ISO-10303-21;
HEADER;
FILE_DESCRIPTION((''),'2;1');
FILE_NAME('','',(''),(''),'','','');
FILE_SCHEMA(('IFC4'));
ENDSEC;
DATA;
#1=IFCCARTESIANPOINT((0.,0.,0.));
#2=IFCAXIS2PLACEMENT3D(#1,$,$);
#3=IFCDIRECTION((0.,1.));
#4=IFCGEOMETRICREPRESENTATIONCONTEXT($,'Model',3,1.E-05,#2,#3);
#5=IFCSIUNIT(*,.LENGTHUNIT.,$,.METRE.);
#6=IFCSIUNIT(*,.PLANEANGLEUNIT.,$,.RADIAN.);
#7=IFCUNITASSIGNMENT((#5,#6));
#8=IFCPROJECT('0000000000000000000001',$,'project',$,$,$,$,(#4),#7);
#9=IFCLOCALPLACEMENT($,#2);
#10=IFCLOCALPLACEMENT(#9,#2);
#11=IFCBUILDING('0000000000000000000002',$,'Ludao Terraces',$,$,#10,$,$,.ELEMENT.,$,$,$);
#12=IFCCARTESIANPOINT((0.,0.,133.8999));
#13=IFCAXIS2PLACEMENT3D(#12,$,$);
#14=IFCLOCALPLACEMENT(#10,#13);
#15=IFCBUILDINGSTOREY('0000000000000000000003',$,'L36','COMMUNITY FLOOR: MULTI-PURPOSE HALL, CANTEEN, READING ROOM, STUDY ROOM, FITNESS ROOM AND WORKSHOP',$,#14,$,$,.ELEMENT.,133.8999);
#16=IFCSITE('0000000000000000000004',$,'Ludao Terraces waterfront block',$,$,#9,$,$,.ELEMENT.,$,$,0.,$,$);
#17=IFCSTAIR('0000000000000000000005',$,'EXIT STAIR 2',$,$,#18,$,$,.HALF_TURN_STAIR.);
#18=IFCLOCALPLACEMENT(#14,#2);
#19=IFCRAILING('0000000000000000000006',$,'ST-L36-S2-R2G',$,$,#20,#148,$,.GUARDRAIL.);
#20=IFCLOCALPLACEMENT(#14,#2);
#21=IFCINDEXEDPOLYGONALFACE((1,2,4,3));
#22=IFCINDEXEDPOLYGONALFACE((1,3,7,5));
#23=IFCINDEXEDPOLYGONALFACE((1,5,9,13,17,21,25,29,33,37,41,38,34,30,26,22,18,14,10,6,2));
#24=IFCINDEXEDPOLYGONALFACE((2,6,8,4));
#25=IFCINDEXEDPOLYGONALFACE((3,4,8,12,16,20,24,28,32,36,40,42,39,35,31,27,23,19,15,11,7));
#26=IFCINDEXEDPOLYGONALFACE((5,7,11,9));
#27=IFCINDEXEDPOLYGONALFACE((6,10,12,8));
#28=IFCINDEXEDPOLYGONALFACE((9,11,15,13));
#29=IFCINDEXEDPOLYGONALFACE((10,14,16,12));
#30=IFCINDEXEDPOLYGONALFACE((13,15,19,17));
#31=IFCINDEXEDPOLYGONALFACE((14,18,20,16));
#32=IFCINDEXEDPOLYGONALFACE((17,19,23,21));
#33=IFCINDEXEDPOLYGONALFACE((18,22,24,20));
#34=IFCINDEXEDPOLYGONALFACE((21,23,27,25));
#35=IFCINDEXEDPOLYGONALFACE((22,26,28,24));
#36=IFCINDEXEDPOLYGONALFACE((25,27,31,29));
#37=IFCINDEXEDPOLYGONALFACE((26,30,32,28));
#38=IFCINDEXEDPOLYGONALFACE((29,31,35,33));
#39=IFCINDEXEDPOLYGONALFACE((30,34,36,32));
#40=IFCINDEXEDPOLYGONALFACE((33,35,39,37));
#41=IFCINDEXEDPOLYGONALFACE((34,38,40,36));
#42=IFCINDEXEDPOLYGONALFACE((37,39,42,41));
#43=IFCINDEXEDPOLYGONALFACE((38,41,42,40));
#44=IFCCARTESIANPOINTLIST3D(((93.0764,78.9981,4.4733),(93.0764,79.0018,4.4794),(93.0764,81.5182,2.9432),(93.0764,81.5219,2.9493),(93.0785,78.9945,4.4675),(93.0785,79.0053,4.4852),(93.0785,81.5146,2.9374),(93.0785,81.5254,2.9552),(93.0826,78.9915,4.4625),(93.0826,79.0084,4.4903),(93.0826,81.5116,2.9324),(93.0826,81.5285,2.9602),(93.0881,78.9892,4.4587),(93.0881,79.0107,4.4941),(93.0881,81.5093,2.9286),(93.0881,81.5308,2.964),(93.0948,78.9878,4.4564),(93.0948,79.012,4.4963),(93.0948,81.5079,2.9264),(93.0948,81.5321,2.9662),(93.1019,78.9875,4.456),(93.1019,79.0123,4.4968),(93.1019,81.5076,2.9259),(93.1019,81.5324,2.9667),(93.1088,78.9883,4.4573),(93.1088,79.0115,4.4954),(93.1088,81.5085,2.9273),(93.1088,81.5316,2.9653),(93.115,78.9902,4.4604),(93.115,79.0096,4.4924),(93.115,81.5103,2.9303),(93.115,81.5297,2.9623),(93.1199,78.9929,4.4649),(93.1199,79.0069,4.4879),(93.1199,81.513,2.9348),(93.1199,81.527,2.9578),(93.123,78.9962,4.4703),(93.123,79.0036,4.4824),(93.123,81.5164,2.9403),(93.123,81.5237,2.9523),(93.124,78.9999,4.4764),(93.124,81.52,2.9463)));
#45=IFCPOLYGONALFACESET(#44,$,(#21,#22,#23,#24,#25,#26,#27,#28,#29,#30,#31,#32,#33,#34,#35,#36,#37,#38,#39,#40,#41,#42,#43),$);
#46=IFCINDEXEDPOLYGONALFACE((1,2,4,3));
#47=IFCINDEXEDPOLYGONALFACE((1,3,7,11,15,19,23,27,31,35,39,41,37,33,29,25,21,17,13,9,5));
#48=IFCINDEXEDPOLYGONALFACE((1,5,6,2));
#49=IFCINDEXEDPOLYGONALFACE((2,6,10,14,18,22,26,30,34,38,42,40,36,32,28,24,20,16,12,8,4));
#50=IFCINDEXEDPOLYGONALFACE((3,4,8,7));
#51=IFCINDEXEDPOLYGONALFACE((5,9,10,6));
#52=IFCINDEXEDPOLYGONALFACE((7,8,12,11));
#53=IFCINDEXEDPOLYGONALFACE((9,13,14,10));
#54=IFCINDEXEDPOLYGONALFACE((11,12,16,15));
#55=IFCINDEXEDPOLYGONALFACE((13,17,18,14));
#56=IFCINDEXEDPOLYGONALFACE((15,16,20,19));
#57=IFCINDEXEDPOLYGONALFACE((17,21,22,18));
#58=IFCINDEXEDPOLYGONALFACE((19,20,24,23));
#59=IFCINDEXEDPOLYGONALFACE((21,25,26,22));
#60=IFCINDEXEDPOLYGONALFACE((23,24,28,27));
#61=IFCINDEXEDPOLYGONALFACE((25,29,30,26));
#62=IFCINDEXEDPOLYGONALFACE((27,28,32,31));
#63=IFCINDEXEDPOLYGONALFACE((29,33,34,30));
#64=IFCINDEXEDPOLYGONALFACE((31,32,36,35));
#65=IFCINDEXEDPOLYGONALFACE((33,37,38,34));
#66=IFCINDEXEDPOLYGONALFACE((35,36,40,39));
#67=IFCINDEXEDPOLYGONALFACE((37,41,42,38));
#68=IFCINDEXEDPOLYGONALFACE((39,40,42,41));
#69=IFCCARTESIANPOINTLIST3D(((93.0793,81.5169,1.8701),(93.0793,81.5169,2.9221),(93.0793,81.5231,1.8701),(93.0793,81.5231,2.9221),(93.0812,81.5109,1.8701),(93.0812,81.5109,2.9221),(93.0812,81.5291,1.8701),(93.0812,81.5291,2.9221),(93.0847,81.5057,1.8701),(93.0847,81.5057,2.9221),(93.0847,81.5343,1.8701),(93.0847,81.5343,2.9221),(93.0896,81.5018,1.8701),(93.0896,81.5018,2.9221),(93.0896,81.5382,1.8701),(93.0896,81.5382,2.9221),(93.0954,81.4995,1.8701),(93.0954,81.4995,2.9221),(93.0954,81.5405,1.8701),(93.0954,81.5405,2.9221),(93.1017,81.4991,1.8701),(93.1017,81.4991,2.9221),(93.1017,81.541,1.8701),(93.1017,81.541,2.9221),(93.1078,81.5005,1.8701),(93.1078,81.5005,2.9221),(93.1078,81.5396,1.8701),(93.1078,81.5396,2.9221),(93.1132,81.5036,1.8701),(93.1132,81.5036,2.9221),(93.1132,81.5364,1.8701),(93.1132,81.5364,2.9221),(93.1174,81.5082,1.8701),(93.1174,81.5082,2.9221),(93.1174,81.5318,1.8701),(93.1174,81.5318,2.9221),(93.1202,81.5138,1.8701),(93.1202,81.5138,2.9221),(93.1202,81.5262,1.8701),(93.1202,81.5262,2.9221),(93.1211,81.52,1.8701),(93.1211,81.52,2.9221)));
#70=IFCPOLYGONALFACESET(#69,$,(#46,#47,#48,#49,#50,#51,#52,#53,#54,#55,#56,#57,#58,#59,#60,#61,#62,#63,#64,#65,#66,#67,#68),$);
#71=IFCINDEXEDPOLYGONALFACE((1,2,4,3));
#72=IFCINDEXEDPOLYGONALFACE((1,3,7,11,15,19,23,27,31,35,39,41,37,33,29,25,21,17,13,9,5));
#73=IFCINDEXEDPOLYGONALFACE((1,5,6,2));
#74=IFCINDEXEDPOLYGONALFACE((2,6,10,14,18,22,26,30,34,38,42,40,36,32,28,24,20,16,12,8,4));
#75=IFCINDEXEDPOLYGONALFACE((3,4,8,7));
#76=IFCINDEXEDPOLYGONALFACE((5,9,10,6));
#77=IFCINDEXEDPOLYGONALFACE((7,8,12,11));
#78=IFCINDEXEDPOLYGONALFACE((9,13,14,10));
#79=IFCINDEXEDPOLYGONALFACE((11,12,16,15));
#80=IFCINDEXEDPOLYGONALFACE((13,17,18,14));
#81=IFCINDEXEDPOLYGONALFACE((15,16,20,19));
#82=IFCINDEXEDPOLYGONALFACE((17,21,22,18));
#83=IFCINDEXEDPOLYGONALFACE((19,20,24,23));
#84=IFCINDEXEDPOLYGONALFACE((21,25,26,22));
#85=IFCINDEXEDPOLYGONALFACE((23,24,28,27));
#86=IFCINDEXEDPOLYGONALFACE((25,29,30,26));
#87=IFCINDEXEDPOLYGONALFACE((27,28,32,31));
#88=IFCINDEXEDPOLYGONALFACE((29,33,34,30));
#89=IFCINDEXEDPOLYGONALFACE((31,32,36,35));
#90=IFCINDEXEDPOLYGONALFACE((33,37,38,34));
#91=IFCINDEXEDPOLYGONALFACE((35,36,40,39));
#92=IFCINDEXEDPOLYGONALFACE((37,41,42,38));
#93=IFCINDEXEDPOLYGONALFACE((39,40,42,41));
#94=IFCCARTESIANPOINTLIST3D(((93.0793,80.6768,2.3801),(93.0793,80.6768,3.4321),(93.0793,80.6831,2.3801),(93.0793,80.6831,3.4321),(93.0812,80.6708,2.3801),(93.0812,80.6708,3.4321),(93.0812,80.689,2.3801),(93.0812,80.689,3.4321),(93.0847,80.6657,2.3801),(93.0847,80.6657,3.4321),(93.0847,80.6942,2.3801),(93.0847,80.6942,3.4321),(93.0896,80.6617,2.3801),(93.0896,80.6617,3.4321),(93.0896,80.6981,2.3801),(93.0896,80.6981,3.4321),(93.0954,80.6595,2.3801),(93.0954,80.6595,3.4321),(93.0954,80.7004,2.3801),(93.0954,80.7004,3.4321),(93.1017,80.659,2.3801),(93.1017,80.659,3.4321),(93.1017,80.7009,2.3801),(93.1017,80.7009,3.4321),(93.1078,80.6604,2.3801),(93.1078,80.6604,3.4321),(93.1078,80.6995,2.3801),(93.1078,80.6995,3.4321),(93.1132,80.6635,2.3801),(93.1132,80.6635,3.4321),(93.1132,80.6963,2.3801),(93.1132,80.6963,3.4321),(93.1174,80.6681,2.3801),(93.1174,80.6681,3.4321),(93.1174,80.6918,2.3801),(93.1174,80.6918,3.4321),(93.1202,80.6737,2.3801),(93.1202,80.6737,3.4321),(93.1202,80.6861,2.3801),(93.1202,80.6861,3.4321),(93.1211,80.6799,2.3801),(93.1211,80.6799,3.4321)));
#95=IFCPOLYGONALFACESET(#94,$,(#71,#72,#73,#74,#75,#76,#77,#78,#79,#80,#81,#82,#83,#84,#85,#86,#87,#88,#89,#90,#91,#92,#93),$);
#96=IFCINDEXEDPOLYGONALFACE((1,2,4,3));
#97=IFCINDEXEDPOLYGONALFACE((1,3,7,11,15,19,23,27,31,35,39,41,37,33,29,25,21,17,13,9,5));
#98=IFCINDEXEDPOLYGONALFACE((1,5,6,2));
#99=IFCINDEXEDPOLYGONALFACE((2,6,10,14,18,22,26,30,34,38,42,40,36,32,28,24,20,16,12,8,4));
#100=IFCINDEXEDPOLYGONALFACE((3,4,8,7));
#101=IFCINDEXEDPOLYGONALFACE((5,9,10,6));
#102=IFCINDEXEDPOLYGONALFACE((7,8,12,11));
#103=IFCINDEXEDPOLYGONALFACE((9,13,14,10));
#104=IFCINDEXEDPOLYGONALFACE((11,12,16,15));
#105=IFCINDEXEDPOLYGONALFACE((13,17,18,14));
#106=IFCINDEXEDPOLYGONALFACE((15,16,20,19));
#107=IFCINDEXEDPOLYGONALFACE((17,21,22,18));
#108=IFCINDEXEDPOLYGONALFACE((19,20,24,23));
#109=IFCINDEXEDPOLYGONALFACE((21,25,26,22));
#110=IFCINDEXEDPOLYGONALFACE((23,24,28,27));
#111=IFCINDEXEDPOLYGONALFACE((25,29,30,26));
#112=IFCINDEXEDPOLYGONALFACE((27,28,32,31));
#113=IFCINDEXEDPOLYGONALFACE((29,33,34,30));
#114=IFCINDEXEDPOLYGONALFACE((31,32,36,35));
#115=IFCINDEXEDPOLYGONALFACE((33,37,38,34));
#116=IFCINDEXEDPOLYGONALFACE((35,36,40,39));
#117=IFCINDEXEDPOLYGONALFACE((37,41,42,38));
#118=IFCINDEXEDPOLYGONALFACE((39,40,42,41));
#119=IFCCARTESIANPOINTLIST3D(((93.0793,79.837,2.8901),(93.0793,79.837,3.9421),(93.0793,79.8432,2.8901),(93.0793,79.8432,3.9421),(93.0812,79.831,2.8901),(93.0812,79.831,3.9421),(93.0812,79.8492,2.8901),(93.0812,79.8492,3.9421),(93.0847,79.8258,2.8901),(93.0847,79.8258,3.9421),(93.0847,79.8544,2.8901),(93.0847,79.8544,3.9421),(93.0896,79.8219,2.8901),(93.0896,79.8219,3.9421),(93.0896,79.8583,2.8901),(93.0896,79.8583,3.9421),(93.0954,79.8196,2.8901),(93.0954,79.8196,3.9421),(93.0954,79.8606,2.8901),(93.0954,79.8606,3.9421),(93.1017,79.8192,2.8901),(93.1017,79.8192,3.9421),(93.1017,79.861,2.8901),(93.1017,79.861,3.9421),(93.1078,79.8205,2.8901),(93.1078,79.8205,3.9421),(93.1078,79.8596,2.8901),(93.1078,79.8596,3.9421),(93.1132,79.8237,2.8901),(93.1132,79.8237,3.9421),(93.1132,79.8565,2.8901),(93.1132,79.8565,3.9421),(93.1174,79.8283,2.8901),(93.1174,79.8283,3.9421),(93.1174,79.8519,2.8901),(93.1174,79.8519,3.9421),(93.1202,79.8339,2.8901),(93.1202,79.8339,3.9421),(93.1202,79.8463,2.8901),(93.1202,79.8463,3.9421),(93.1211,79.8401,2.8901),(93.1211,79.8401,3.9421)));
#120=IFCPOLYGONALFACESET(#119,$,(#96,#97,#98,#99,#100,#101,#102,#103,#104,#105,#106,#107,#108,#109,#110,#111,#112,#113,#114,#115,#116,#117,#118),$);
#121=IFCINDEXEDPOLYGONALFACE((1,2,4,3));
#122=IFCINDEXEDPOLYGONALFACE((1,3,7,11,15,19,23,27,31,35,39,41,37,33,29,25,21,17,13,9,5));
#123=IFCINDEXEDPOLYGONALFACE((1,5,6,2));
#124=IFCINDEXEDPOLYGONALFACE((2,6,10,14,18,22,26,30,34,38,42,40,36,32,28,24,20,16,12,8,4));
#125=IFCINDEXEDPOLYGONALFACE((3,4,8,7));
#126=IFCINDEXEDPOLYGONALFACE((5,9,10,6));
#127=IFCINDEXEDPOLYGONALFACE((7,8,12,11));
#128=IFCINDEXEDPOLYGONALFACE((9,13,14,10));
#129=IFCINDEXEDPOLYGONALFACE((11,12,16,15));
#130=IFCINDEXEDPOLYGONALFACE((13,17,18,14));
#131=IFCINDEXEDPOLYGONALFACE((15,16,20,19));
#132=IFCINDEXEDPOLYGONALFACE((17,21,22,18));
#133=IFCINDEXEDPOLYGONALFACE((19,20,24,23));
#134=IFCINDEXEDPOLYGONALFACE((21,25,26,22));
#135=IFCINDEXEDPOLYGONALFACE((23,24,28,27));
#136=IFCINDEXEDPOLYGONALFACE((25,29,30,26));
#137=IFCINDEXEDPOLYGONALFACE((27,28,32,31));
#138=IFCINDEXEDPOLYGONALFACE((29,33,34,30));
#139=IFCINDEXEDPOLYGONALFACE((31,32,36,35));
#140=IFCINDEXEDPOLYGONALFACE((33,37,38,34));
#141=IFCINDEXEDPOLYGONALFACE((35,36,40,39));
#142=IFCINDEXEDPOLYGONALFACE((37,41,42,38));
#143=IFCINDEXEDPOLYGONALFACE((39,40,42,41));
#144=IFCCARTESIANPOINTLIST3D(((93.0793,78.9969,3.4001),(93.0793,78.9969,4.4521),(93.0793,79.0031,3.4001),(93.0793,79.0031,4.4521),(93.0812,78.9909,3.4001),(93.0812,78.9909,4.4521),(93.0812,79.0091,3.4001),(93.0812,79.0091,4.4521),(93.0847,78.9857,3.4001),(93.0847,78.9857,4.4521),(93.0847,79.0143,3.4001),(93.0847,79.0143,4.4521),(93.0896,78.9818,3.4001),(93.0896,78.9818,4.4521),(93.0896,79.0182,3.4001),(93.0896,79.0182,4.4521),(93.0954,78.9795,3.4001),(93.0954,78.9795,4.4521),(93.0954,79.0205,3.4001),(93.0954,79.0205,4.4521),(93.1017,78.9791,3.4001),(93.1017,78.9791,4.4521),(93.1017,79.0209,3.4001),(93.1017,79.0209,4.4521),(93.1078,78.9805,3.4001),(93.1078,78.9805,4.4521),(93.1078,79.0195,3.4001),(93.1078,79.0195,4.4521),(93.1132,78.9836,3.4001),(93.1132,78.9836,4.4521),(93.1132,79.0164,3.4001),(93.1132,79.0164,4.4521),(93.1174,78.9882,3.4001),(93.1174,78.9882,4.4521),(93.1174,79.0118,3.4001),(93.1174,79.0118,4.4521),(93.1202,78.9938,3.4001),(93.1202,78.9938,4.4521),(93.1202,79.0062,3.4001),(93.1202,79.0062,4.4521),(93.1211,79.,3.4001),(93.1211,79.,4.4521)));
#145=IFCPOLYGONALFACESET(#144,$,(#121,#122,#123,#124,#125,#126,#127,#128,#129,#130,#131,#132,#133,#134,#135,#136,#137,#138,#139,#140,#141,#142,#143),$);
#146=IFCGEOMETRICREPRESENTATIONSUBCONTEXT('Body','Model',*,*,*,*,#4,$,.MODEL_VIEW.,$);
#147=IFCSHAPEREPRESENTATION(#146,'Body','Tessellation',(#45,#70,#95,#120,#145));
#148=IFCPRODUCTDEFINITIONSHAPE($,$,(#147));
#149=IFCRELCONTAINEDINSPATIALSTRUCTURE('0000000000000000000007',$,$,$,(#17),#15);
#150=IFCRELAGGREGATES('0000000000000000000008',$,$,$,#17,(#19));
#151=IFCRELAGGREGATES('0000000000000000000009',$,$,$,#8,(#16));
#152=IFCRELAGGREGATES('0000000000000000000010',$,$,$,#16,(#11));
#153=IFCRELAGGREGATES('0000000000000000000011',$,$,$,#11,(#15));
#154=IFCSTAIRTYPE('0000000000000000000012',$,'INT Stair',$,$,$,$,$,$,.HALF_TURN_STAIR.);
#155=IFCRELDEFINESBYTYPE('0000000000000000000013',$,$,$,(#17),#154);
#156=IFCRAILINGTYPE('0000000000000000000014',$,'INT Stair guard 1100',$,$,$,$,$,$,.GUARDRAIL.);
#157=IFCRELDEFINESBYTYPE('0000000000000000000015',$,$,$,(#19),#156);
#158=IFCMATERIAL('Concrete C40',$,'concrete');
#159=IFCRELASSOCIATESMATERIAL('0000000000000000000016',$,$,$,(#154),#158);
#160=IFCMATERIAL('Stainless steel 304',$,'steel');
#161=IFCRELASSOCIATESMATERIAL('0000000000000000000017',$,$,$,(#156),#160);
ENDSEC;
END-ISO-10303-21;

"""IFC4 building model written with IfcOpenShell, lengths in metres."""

from ifc_helpers import new_model, si_unit, direction, frame, origin, origin_2d, place, context, subcontext, project, spatial, circle, extrude, material, type_object, element, aggregate, save


model = new_model("IFC4")

# Units and contexts
model_context = context("Model", 3, precision=1e-05, world=origin(), true_north=direction((0.0, 1.0)))
body_context = subcontext(model_context, "Body", "Model", "MODEL_VIEW")
ifc_project = project(units=[si_unit("LENGTHUNIT", "METRE"), si_unit("PLANEANGLEUNIT", "RADIAN")], contexts=[model_context])

# Site, building, storey
site_placement = place(None, origin())
site = spatial("IfcSite", under=ifc_project, at=site_placement, Name="Ludao Terraces waterfront block", CompositionType="ELEMENT", RefElevation=0.0)
building_placement = place(site_placement, origin())
building = spatial("IfcBuilding", under=site, at=building_placement, Name="Ludao Terraces", CompositionType="ELEMENT")
storey_placement = place(building_placement, frame((0.0, 0.0, 133.8999)))
storey = spatial("IfcBuildingStorey", under=building, at=storey_placement, Name="L36", Description="COMMUNITY FLOOR: MULTI-PURPOSE HALL, CANTEEN, READING ROOM, STUDY ROOM, FITNESS ROOM AND WORKSHOP", CompositionType="ELEMENT", Elevation=133.8999)

# Shared definitions
ifc_material_1 = material(Name="Stainless steel 304", Category="steel")

# Stair, railing
ifc_material_2 = material(Name="Concrete C40", Category="concrete")
stair_type = type_object("IfcStairType", Name="INT Stair", PredefinedType="HALF_TURN_STAIR", material=ifc_material_2)
stair_placement = place(storey_placement, origin())
stair = element("IfcStair", 1, at=stair_placement, inside=storey, type_object=stair_type, Name="EXIT STAIR 2", PredefinedType="HALF_TURN_STAIR")
railing_type = type_object("IfcRailingType", Name="INT Stair guard 1100", PredefinedType="GUARDRAIL", material=ifc_material_1)
railing_1_placement = place(storey_placement, frame((93.1001, 81.52, 1.8701)))
railing_1 = element("IfcRailing", 2, at=railing_1_placement, type_object=railing_type, Name="ST-L36-S2-R2G", PredefinedType="GUARDRAIL", context=body_context, shape_type="SweptSolid", body=[
    extrude(circle(Radius=0.0239, at=origin_2d()), frame((0.0, 0.0, 1.0762), z_axis=(0.0, -0.854785, 0.518982), x_axis=(1.0, 0.0, 0.0)), (0.0, 0.0, 1.0), 2.9482),
    extrude(circle(Radius=0.021, at=origin_2d()), origin(), (0.0, 0.0, 1.0), 1.052),
    extrude(circle(Radius=0.021, at=origin_2d()), frame((0.0, -0.8401, 0.51)), (0.0, 0.0, 1.0), 1.052),
    extrude(circle(Radius=0.021, at=origin_2d()), frame((0.0, -1.6799, 1.02)), (0.0, 0.0, 1.0), 1.052),
    extrude(circle(Radius=0.021, at=origin_2d()), frame((0.0, -2.52, 1.53)), (0.0, 0.0, 1.0), 1.052),
])
aggregate(stair, [railing_1])

save(model, "model.ifc")
